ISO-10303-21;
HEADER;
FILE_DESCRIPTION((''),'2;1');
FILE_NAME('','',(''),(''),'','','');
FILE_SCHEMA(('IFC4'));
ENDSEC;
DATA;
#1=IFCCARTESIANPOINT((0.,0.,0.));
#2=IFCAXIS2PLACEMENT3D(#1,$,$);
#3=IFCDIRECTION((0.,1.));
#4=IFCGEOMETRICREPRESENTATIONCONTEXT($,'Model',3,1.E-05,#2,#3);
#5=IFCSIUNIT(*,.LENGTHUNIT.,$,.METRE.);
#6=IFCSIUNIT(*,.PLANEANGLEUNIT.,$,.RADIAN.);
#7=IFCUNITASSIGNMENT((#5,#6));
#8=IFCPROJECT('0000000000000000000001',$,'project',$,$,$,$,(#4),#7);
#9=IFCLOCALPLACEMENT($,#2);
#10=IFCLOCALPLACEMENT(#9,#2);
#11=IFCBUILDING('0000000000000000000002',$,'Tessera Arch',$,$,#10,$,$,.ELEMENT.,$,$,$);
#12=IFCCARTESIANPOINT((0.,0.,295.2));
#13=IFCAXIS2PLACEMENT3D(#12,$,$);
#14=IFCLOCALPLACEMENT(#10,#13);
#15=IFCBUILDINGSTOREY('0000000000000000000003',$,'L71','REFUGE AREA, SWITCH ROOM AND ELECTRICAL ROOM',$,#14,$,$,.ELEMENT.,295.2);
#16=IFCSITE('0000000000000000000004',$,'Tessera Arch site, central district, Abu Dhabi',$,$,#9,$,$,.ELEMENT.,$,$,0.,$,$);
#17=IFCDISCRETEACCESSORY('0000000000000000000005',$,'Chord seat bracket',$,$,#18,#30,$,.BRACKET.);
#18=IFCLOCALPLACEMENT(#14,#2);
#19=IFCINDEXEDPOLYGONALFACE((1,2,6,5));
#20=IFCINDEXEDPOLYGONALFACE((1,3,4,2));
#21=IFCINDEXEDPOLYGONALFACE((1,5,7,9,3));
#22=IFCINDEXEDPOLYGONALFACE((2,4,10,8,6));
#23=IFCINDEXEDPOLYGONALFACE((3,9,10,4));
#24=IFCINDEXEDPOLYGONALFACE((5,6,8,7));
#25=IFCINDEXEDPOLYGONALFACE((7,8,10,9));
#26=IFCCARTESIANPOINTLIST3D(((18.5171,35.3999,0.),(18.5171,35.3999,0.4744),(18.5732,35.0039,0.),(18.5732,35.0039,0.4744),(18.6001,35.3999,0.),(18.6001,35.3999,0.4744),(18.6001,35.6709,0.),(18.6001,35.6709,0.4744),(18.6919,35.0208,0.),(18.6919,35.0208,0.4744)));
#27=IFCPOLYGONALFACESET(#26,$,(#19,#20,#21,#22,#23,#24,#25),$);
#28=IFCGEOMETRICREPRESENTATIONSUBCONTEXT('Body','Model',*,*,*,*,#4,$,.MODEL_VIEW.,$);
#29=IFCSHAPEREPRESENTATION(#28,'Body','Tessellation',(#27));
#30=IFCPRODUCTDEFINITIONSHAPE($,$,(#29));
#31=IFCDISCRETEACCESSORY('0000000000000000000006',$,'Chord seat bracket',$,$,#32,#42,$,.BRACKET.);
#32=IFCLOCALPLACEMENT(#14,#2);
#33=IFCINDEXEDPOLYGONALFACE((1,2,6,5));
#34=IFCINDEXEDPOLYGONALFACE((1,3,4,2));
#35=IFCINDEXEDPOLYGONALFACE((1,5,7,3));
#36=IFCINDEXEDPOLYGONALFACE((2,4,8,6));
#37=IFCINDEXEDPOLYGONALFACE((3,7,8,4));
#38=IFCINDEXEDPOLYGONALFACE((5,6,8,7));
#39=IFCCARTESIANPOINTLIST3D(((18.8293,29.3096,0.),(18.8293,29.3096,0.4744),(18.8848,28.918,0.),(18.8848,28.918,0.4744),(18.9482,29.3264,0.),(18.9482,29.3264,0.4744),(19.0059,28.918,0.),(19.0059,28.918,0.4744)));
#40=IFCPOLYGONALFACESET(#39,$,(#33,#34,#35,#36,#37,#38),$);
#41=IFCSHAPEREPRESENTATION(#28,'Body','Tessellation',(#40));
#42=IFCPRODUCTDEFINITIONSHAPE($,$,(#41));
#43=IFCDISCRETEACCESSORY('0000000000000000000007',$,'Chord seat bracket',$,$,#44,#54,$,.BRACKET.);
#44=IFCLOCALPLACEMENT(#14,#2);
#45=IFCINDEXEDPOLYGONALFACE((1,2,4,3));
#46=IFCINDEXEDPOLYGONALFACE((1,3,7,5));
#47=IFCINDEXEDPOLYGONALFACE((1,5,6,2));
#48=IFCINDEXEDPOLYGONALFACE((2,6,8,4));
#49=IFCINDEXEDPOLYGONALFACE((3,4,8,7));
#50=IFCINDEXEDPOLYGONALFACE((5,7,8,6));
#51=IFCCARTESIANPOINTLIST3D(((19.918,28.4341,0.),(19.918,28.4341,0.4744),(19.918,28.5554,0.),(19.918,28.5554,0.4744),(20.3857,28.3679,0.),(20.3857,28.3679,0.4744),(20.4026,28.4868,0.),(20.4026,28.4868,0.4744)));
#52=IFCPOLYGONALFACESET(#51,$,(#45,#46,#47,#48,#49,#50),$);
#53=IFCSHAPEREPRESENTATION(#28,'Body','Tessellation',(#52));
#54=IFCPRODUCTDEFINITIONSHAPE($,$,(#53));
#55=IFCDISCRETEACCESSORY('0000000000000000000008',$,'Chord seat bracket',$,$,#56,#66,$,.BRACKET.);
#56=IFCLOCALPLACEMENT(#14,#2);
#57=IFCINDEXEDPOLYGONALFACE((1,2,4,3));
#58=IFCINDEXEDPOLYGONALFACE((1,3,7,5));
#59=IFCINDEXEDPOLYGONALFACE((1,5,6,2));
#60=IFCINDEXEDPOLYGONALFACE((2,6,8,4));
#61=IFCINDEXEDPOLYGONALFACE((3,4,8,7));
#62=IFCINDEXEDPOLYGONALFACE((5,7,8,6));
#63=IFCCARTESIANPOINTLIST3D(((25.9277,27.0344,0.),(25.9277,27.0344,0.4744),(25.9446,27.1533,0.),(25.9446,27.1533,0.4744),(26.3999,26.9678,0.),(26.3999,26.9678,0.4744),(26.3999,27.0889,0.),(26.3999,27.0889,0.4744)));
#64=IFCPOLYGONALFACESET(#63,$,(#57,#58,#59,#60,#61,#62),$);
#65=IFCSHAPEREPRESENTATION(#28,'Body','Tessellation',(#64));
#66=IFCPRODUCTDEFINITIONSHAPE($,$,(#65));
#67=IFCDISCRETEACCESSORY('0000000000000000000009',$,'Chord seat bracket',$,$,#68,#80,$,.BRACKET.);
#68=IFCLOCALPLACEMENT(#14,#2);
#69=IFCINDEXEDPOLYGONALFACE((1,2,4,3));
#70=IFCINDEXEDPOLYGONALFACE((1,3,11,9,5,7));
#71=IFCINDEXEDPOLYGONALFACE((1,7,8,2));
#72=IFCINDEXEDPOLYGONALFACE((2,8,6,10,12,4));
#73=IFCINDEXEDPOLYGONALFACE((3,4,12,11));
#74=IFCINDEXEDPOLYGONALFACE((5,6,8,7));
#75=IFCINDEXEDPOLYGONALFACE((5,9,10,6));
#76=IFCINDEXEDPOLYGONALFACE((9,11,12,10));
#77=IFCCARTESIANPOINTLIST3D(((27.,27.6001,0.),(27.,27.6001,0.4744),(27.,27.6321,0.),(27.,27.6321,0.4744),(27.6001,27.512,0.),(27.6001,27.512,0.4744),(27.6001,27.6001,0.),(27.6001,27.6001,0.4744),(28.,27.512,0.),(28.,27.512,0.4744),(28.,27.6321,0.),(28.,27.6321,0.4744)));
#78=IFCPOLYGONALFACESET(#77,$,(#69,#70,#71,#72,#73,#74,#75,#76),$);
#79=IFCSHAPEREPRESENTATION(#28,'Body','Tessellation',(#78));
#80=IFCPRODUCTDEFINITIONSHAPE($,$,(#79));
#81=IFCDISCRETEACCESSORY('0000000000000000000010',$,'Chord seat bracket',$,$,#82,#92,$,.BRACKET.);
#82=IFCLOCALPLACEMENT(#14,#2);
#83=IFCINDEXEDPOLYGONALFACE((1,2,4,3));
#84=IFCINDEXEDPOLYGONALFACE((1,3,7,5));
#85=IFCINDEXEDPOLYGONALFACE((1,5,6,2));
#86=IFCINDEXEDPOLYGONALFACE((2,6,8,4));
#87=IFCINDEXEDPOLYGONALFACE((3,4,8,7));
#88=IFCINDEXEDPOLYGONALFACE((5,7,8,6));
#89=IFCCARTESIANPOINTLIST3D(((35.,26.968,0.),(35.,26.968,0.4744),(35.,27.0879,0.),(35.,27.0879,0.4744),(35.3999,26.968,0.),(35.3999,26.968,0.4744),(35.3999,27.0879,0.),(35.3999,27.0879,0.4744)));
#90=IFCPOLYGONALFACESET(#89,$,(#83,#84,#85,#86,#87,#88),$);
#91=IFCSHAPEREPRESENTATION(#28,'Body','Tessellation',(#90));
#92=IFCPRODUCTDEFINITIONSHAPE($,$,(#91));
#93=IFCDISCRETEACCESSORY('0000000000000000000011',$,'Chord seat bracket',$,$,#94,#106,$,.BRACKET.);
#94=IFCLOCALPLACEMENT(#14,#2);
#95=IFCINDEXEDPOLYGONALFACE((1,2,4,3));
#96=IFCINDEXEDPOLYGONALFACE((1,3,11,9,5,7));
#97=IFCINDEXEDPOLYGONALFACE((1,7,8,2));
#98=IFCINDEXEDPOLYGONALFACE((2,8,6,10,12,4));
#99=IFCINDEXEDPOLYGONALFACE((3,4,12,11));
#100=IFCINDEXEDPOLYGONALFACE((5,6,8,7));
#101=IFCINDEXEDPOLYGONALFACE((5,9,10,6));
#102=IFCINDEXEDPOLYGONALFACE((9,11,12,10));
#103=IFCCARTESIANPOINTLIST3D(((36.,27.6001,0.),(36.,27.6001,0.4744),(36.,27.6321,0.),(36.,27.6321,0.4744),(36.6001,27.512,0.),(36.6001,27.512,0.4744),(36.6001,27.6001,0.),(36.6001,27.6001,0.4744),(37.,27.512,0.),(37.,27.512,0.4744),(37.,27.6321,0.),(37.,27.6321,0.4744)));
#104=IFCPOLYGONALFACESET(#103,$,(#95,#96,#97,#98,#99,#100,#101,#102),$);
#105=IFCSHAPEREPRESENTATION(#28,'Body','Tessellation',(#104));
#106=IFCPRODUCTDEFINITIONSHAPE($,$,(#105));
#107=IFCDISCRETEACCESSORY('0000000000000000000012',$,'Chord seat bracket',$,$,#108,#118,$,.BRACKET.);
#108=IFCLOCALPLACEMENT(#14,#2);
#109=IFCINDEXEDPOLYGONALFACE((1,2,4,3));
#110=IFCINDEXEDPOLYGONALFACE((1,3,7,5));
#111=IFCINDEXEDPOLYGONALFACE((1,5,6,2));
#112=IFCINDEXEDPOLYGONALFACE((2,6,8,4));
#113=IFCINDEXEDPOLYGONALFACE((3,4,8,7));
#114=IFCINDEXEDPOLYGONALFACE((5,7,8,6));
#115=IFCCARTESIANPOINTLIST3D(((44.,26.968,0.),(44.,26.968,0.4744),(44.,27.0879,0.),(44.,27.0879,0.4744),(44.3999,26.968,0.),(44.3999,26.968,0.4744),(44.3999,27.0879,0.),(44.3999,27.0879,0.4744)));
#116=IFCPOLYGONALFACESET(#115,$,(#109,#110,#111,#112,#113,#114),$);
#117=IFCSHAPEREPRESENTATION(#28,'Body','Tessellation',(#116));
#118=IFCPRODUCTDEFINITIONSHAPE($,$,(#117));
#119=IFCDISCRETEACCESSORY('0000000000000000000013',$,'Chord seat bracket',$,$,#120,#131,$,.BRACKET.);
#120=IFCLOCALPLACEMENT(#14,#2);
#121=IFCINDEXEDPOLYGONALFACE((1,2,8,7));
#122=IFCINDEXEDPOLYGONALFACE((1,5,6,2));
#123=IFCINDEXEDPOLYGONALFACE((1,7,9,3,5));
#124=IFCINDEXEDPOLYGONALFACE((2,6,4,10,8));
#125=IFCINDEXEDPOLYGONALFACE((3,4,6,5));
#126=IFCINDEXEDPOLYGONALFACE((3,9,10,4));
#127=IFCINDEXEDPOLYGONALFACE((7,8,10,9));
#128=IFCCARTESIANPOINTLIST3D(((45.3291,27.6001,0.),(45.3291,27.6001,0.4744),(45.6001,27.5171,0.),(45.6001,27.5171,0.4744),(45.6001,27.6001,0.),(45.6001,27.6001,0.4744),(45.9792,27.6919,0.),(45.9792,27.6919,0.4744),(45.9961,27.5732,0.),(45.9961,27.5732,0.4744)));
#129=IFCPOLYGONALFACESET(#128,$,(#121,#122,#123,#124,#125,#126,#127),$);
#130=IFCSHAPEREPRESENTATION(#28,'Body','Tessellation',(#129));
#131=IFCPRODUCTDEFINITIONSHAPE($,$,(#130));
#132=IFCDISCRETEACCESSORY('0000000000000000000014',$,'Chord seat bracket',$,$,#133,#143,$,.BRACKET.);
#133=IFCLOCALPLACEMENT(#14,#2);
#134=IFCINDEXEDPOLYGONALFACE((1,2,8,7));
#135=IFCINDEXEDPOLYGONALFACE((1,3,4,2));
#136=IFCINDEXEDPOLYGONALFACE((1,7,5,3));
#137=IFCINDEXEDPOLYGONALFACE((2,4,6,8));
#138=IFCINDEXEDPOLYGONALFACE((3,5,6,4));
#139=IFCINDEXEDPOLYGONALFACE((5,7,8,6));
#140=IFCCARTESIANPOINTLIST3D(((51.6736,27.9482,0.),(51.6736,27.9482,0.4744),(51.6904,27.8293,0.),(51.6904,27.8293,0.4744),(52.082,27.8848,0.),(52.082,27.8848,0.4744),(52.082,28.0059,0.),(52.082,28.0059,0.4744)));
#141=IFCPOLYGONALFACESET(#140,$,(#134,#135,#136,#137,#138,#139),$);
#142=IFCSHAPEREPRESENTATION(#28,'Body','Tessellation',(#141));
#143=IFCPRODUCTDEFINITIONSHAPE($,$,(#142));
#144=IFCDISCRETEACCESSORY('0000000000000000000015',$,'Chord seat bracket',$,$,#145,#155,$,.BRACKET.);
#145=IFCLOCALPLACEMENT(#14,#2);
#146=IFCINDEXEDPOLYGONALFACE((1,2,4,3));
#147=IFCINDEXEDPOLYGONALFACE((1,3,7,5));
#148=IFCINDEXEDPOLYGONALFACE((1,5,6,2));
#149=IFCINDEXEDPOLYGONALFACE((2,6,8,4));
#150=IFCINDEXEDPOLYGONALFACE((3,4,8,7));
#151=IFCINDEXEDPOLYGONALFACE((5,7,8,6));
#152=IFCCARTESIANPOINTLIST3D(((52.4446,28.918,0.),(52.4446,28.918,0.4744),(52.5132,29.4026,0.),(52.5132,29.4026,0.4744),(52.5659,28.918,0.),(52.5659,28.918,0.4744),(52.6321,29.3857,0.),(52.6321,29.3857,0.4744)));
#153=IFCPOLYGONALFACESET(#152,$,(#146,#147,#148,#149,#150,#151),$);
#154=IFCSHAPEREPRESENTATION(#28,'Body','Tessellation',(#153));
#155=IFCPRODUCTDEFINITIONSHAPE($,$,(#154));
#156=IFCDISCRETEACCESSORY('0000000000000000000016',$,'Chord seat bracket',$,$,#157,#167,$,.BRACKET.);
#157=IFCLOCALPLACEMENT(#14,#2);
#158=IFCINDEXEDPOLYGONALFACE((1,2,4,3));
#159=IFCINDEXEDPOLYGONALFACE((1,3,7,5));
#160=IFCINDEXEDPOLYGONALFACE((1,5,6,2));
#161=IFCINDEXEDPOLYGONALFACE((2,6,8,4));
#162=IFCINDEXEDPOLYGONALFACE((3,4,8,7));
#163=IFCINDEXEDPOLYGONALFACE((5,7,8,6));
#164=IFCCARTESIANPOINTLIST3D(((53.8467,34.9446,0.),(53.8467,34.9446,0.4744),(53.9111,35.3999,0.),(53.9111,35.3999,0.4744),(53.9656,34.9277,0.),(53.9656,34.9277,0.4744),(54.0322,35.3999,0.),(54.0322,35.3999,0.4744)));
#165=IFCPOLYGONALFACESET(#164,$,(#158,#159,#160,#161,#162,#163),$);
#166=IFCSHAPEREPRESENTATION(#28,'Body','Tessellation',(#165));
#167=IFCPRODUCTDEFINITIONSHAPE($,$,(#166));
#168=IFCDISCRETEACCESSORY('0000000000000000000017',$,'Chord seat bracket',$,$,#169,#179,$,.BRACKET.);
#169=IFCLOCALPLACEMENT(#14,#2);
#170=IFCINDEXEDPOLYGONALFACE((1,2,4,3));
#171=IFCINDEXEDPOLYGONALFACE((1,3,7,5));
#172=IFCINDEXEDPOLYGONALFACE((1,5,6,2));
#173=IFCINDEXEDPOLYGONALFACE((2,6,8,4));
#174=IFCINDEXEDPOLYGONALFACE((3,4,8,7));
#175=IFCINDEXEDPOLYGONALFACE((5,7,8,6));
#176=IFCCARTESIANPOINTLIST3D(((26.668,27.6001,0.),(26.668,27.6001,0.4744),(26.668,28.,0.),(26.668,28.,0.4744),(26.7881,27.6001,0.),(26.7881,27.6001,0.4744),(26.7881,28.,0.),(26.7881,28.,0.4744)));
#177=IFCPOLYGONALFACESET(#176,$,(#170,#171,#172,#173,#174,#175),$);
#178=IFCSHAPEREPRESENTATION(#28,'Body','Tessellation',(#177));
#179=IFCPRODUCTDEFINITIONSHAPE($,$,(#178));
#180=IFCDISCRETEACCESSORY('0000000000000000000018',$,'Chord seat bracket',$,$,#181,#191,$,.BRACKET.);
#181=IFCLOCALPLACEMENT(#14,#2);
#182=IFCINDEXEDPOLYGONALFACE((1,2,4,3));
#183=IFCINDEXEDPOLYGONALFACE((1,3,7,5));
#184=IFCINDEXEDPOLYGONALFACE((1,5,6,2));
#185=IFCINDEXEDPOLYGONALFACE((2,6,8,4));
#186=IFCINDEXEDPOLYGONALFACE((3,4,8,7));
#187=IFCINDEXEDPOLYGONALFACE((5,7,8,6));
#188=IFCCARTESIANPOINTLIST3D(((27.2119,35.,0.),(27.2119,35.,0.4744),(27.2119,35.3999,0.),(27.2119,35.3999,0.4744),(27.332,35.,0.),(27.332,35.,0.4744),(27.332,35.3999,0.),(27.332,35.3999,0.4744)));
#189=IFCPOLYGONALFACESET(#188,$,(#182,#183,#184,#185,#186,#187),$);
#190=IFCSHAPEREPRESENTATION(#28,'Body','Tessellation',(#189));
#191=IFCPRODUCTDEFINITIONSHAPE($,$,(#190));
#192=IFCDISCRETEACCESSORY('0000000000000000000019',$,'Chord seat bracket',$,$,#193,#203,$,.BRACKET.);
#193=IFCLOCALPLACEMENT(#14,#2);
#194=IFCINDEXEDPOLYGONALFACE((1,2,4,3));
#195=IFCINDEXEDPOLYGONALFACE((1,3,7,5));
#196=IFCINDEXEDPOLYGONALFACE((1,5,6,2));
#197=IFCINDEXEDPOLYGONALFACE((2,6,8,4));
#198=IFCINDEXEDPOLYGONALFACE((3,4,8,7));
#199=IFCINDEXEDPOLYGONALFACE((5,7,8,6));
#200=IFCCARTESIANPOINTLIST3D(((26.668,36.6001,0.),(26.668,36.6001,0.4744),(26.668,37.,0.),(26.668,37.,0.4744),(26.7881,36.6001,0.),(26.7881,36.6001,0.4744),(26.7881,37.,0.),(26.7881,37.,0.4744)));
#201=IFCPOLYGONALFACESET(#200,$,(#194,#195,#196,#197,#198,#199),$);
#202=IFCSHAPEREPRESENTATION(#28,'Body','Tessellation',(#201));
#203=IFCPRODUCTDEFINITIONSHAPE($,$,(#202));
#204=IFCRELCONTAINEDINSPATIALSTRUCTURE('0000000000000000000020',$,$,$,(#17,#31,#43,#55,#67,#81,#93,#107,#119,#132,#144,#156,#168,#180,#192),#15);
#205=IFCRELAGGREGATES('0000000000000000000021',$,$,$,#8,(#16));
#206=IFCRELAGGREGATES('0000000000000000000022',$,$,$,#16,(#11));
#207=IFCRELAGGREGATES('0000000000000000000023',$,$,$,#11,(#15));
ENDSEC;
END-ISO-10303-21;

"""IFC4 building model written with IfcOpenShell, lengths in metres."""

from ifc_helpers import new_model, si_unit, direction, frame, origin, place, context, subcontext, project, spatial, polyline, outline, extrude, element, save


model = new_model("IFC4")

# Units and contexts
model_context = context("Model", 3, precision=1e-05, world=origin(), true_north=direction((0.0, 1.0)))
body_context = subcontext(model_context, "Body", "Model", "MODEL_VIEW")
ifc_project = project(units=[si_unit("LENGTHUNIT", "METRE"), si_unit("PLANEANGLEUNIT", "RADIAN")], contexts=[model_context])

# Site, building, storey
site_placement = place(None, origin())
site = spatial("IfcSite", under=ifc_project, at=site_placement, Name="Tessera Arch site, central district, Abu Dhabi", CompositionType="ELEMENT", RefElevation=0.0)
building_placement = place(site_placement, origin())
building = spatial("IfcBuilding", under=site, at=building_placement, Name="Tessera Arch", CompositionType="ELEMENT")
storey_placement = place(building_placement, frame((0.0, 0.0, 295.2)))
storey = spatial("IfcBuildingStorey", under=building, at=storey_placement, Name="L71", Description="REFUGE AREA, SWITCH ROOM AND ELECTRICAL ROOM", CompositionType="ELEMENT", Elevation=295.2)

# Discrete accessories
discrete_accessory_1_placement = place(storey_placement, origin())
element("IfcDiscreteAccessory", 1, at=discrete_accessory_1_placement, inside=storey, Name="Chord seat bracket", PredefinedType="BRACKET", context=body_context, shape_type="SweptSolid", body=[
    extrude(outline(polyline([(18.6001, 35.6709), (18.6919, 35.0208), (18.5732, 35.0039), (18.5171, 35.3999), (18.6001, 35.3999), (18.6001, 35.6709)])), origin(), (0.0, 0.0, 1.0), 0.4744),
])
discrete_accessory_2_placement = place(storey_placement, origin())
element("IfcDiscreteAccessory", 2, at=discrete_accessory_2_placement, inside=storey, Name="Chord seat bracket", PredefinedType="BRACKET", context=body_context, shape_type="SweptSolid", body=[
    extrude(outline(polyline([(18.8848, 28.918), (18.8293, 29.3096), (18.9482, 29.3264), (19.0059, 28.918), (18.8848, 28.918)])), origin(), (0.0, 0.0, 1.0), 0.4744),
])
discrete_accessory_3_placement = place(storey_placement, origin())
element("IfcDiscreteAccessory", 3, at=discrete_accessory_3_placement, inside=storey, Name="Chord seat bracket", PredefinedType="BRACKET", context=body_context, shape_type="SweptSolid", body=[
    extrude(outline(polyline([(19.918, 28.5554), (20.4026, 28.4868), (20.3857, 28.3679), (19.918, 28.4341), (19.918, 28.5554)])), origin(), (0.0, 0.0, 1.0), 0.4744),
])
discrete_accessory_4_placement = place(storey_placement, origin())
element("IfcDiscreteAccessory", 4, at=discrete_accessory_4_placement, inside=storey, Name="Chord seat bracket", PredefinedType="BRACKET", context=body_context, shape_type="SweptSolid", body=[
    extrude(outline(polyline([(25.9446, 27.1533), (26.3999, 27.0889), (26.3999, 26.9678), (25.9277, 27.0344), (25.9446, 27.1533)])), origin(), (0.0, 0.0, 1.0), 0.4744),
])
discrete_accessory_5_placement = place(storey_placement, origin())
element("IfcDiscreteAccessory", 5, at=discrete_accessory_5_placement, inside=storey, Name="Chord seat bracket", PredefinedType="BRACKET", context=body_context, shape_type="SweptSolid", body=[
    extrude(outline(polyline([(28.0, 27.512), (27.6001, 27.512), (27.6001, 27.6001), (27.0, 27.6001), (27.0, 27.6321), (28.0, 27.6321), (28.0, 27.512)])), origin(), (0.0, 0.0, 1.0), 0.4744),
])
discrete_accessory_6_placement = place(storey_placement, origin())
element("IfcDiscreteAccessory", 6, at=discrete_accessory_6_placement, inside=storey, Name="Chord seat bracket", PredefinedType="BRACKET", context=body_context, shape_type="SweptSolid", body=[
    extrude(outline(polyline([(35.0, 27.0879), (35.3999, 27.0879), (35.3999, 26.968), (35.0, 26.968), (35.0, 27.0879)])), origin(), (0.0, 0.0, 1.0), 0.4744),
])
discrete_accessory_7_placement = place(storey_placement, origin())
element("IfcDiscreteAccessory", 7, at=discrete_accessory_7_placement, inside=storey, Name="Chord seat bracket", PredefinedType="BRACKET", context=body_context, shape_type="SweptSolid", body=[
    extrude(outline(polyline([(36.6001, 27.6001), (36.0, 27.6001), (36.0, 27.6321), (37.0, 27.6321), (37.0, 27.512), (36.6001, 27.512), (36.6001, 27.6001)])), origin(), (0.0, 0.0, 1.0), 0.4744),
])
discrete_accessory_8_placement = place(storey_placement, origin())
element("IfcDiscreteAccessory", 8, at=discrete_accessory_8_placement, inside=storey, Name="Chord seat bracket", PredefinedType="BRACKET", context=body_context, shape_type="SweptSolid", body=[
    extrude(outline(polyline([(44.0, 27.0879), (44.3999, 27.0879), (44.3999, 26.968), (44.0, 26.968), (44.0, 27.0879)])), origin(), (0.0, 0.0, 1.0), 0.4744),
])
discrete_accessory_9_placement = place(storey_placement, origin())
element("IfcDiscreteAccessory", 9, at=discrete_accessory_9_placement, inside=storey, Name="Chord seat bracket", PredefinedType="BRACKET", context=body_context, shape_type="SweptSolid", body=[
    extrude(outline(polyline([(45.9792, 27.6919), (45.9961, 27.5732), (45.6001, 27.5171), (45.6001, 27.6001), (45.3291, 27.6001), (45.9792, 27.6919)])), origin(), (0.0, 0.0, 1.0), 0.4744),
])
discrete_accessory_10_placement = place(storey_placement, origin())
element("IfcDiscreteAccessory", 10, at=discrete_accessory_10_placement, inside=storey, Name="Chord seat bracket", PredefinedType="BRACKET", context=body_context, shape_type="SweptSolid", body=[
    extrude(outline(polyline([(51.6736, 27.9482), (52.082, 28.0059), (52.082, 27.8848), (51.6904, 27.8293), (51.6736, 27.9482)])), origin(), (0.0, 0.0, 1.0), 0.4744),
])
discrete_accessory_11_placement = place(storey_placement, origin())
element("IfcDiscreteAccessory", 11, at=discrete_accessory_11_placement, inside=storey, Name="Chord seat bracket", PredefinedType="BRACKET", context=body_context, shape_type="SweptSolid", body=[
    extrude(outline(polyline([(52.6321, 29.3857), (52.5659, 28.918), (52.4446, 28.918), (52.5132, 29.4026), (52.6321, 29.3857)])), origin(), (0.0, 0.0, 1.0), 0.4744),
])
discrete_accessory_12_placement = place(storey_placement, origin())
element("IfcDiscreteAccessory", 12, at=discrete_accessory_12_placement, inside=storey, Name="Chord seat bracket", PredefinedType="BRACKET", context=body_context, shape_type="SweptSolid", body=[
    extrude(outline(polyline([(53.9111, 35.3999), (54.0322, 35.3999), (53.9656, 34.9277), (53.8467, 34.9446), (53.9111, 35.3999)])), origin(), (0.0, 0.0, 1.0), 0.4744),
])
discrete_accessory_13_placement = place(storey_placement, origin())
element("IfcDiscreteAccessory", 13, at=discrete_accessory_13_placement, inside=storey, Name="Chord seat bracket", PredefinedType="BRACKET", context=body_context, shape_type="SweptSolid", body=[
    extrude(outline(polyline([(26.7881, 28.0), (26.7881, 27.6001), (26.668, 27.6001), (26.668, 28.0), (26.7881, 28.0)])), origin(), (0.0, 0.0, 1.0), 0.4744),
])
discrete_accessory_14_placement = place(storey_placement, origin())
element("IfcDiscreteAccessory", 14, at=discrete_accessory_14_placement, inside=storey, Name="Chord seat bracket", PredefinedType="BRACKET", context=body_context, shape_type="SweptSolid", body=[
    extrude(outline(polyline([(27.2119, 35.3999), (27.332, 35.3999), (27.332, 35.0), (27.2119, 35.0), (27.2119, 35.3999)])), origin(), (0.0, 0.0, 1.0), 0.4744),
])
discrete_accessory_15_placement = place(storey_placement, origin())
element("IfcDiscreteAccessory", 15, at=discrete_accessory_15_placement, inside=storey, Name="Chord seat bracket", PredefinedType="BRACKET", context=body_context, shape_type="SweptSolid", body=[
    extrude(outline(polyline([(26.7881, 36.6001), (26.668, 36.6001), (26.668, 37.0), (26.7881, 37.0), (26.7881, 36.6001)])), origin(), (0.0, 0.0, 1.0), 0.4744),
])

save(model, "model.ifc")
